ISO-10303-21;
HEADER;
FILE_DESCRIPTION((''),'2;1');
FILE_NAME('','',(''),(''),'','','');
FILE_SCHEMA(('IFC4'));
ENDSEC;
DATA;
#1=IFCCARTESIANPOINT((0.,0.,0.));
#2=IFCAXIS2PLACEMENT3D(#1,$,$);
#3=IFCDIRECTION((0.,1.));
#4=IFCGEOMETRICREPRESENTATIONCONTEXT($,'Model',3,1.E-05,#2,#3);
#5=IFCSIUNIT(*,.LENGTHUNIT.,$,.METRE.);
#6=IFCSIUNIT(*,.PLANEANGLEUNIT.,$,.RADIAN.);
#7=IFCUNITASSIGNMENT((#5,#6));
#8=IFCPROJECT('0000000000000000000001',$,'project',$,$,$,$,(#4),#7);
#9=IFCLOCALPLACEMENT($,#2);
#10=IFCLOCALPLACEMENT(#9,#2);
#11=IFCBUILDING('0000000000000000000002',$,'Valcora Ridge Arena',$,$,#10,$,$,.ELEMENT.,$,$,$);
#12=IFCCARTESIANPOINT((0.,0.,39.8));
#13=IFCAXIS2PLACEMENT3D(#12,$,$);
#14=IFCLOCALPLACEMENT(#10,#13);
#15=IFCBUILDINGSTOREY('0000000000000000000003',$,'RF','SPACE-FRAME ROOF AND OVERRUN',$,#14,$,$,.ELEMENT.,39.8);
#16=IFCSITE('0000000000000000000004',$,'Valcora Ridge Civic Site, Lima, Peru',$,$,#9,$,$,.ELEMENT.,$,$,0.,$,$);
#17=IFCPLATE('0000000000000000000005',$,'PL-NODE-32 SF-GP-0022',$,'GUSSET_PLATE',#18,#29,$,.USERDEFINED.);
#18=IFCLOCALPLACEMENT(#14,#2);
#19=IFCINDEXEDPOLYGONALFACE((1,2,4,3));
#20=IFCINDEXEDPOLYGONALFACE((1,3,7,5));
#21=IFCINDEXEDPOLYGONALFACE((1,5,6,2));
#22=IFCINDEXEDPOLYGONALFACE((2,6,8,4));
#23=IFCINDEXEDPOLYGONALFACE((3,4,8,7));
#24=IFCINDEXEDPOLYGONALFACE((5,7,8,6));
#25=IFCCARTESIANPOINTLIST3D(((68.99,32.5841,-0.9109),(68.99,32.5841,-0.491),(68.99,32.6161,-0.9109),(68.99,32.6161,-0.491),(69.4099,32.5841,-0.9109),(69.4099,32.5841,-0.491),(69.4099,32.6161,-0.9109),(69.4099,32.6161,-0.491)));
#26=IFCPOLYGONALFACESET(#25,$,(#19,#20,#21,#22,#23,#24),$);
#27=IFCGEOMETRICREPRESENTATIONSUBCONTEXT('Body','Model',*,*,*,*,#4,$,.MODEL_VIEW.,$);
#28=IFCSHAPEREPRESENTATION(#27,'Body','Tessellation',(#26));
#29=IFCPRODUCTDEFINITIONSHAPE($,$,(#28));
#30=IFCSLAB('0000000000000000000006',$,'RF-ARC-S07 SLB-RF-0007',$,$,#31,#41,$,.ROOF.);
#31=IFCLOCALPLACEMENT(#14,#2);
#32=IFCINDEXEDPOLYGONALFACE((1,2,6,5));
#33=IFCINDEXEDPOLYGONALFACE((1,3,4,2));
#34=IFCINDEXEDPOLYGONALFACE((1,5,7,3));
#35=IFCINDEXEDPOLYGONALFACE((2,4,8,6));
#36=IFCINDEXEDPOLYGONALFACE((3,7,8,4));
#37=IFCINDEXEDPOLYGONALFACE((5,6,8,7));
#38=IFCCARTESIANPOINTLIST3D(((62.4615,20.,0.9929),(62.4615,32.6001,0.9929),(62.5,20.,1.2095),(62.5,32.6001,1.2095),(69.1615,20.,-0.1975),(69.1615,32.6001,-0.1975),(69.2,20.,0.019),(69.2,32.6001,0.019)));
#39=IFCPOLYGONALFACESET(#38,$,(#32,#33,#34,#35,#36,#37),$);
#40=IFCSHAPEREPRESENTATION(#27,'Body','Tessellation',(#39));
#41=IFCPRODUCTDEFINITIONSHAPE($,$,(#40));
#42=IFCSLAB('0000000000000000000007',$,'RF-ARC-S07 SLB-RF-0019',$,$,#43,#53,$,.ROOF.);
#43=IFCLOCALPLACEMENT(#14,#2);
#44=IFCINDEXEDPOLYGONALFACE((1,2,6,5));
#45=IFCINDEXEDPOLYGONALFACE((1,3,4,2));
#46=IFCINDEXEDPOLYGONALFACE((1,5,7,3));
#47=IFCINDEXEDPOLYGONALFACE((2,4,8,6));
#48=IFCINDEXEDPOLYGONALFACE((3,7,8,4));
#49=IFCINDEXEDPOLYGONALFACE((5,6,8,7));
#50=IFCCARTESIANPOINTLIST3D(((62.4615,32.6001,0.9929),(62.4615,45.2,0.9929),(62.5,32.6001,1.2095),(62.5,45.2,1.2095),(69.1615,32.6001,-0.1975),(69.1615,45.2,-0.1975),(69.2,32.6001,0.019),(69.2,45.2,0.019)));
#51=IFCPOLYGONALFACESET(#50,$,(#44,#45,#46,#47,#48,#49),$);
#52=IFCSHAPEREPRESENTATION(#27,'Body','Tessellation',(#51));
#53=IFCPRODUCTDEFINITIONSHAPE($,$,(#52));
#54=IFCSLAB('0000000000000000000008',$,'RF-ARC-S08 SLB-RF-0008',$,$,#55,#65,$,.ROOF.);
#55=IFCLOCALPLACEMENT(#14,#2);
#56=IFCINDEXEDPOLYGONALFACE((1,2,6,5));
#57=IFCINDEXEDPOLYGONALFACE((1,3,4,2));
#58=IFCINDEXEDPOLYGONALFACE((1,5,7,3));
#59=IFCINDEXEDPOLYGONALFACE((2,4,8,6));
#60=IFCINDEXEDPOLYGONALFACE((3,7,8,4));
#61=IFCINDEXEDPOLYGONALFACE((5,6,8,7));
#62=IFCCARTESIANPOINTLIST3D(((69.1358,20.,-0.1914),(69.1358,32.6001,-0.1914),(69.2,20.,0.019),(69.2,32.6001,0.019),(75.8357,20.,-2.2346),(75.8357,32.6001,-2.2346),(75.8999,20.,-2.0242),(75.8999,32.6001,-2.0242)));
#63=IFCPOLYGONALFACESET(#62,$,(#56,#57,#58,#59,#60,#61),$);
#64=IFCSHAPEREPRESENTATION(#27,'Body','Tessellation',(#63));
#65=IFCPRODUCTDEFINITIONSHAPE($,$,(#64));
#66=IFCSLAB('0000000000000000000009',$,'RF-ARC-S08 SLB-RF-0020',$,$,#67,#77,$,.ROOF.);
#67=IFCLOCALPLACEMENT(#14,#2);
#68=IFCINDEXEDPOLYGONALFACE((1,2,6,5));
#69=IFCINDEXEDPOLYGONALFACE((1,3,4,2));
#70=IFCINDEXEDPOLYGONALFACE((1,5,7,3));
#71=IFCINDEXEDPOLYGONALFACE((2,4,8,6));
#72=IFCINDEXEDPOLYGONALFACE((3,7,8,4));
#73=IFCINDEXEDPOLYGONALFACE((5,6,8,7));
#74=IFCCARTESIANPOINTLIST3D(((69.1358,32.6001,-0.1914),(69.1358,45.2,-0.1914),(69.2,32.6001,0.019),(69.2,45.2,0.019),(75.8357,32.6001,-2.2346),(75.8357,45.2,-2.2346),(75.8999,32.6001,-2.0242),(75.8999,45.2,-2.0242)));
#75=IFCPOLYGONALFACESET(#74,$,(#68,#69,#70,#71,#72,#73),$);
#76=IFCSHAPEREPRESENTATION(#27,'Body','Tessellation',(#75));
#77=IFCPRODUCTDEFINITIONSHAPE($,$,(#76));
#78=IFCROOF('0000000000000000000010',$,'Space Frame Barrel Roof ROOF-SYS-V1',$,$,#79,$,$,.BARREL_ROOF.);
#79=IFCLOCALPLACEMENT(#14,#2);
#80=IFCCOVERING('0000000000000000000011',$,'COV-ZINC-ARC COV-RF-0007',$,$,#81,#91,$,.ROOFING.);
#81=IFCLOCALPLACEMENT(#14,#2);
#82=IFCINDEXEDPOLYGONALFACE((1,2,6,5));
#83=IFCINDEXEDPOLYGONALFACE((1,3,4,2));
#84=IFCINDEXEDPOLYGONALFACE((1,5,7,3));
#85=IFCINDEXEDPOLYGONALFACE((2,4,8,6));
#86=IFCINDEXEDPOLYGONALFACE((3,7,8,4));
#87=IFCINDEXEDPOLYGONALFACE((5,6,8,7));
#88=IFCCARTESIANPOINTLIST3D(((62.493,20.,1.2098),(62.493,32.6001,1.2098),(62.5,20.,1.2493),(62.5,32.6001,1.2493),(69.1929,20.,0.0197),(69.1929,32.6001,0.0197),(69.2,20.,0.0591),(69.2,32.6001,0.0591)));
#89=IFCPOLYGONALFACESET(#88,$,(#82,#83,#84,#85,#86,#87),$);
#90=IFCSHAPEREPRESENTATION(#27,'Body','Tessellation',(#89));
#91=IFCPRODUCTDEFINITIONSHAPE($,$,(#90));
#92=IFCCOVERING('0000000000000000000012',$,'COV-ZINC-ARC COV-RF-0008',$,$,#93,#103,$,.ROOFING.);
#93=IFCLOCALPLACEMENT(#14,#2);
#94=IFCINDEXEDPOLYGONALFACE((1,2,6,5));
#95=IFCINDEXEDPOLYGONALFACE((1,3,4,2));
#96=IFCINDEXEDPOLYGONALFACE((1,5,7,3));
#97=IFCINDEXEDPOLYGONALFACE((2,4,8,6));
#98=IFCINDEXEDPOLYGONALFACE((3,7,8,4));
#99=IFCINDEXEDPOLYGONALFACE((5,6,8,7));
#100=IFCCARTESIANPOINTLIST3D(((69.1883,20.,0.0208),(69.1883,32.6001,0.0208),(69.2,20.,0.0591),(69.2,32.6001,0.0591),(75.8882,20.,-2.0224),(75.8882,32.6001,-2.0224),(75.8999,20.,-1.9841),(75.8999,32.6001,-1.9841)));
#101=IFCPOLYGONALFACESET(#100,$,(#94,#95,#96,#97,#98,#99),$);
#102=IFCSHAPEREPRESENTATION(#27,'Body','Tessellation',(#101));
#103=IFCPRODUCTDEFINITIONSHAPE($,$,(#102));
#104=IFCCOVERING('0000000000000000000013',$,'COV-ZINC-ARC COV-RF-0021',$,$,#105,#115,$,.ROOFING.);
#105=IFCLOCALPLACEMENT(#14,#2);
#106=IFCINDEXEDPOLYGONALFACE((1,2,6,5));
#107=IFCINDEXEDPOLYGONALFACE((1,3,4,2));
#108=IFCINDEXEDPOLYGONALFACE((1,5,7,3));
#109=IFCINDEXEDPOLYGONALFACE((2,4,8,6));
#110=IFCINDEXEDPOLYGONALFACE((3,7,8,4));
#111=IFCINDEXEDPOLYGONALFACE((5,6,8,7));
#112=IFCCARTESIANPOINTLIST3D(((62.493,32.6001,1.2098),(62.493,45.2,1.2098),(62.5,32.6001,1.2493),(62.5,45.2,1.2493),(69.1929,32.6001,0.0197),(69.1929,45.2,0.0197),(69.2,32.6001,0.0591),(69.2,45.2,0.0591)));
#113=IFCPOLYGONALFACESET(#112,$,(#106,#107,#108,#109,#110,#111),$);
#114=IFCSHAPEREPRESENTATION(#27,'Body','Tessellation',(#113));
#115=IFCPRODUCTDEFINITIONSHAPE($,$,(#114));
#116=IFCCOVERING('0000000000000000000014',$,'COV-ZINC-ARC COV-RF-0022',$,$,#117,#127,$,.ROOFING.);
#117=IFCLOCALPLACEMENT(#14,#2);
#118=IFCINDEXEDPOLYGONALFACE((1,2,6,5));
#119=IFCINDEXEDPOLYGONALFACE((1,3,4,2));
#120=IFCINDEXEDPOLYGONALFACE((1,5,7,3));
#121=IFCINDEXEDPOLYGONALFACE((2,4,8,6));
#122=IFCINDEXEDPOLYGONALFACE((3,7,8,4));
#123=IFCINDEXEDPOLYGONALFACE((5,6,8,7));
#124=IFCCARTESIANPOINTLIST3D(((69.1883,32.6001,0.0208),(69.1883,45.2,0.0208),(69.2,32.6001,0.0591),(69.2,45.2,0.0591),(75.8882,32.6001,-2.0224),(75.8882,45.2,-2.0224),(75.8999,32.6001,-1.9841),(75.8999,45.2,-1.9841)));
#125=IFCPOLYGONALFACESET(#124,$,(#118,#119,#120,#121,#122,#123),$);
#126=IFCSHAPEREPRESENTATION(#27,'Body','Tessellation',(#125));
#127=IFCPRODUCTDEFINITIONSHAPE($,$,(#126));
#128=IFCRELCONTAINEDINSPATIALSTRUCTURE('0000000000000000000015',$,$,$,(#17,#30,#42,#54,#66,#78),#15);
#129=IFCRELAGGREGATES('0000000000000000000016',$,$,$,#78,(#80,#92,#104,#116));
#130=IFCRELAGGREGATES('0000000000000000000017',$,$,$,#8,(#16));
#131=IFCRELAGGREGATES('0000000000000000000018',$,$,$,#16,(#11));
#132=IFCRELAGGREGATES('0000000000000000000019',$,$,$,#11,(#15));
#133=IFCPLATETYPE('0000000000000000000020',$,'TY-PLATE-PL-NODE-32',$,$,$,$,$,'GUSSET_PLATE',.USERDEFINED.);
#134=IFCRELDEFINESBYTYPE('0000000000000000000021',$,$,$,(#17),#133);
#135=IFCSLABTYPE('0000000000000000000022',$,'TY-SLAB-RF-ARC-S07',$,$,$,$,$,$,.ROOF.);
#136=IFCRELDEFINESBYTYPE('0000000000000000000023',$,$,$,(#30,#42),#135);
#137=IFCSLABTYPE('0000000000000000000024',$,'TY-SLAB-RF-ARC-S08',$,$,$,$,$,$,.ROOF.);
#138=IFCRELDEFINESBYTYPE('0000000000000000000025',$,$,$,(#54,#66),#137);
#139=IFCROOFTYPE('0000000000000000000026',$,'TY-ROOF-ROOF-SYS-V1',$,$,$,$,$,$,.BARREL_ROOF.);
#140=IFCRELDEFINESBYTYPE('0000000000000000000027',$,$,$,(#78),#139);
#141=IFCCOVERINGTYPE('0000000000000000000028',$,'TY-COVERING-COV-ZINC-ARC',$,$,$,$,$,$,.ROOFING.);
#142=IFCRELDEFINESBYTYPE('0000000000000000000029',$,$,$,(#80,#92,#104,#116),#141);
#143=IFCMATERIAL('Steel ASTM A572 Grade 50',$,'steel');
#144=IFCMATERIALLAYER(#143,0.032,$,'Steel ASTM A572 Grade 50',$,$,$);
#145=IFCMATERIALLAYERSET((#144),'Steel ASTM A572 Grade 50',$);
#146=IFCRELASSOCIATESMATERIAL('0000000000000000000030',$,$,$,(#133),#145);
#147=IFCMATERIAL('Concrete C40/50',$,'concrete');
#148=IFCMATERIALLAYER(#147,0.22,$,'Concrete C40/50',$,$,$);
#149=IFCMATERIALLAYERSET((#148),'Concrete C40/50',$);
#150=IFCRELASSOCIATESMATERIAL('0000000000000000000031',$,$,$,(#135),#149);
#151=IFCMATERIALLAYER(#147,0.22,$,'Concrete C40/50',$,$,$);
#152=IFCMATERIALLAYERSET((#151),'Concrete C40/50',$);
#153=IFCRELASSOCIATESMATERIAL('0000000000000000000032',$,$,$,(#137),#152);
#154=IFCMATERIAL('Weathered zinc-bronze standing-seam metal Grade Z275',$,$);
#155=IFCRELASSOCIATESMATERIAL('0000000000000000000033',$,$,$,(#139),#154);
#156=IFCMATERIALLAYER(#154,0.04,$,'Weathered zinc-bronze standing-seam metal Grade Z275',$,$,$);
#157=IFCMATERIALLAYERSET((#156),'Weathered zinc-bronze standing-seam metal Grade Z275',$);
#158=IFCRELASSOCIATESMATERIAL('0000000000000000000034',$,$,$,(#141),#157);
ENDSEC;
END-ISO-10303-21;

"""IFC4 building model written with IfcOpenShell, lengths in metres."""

from ifc_helpers import new_model, si_unit, direction, frame, origin, origin_2d, place, context, subcontext, project, spatial, polyline, rectangle, outline, extrude, material, layer, layer_set, type_object, element, aggregate, save


model = new_model("IFC4")

# Units and contexts
model_context = context("Model", 3, precision=1e-05, world=origin(), true_north=direction((0.0, 1.0)))
body_context = subcontext(model_context, "Body", "Model", "MODEL_VIEW")
ifc_project = project(units=[si_unit("LENGTHUNIT", "METRE"), si_unit("PLANEANGLEUNIT", "RADIAN")], contexts=[model_context])

# Site, building, storey
site_placement = place(None, origin())
site = spatial("IfcSite", under=ifc_project, at=site_placement, Name="Valcora Ridge Civic Site, Lima, Peru", CompositionType="ELEMENT", RefElevation=0.0)
building_placement = place(site_placement, origin())
building = spatial("IfcBuilding", under=site, at=building_placement, Name="Valcora Ridge Arena", CompositionType="ELEMENT")
storey_placement = place(building_placement, frame((0.0, 0.0, 39.8)))
storey = spatial("IfcBuildingStorey", under=building, at=storey_placement, Name="RF", Description="SPACE-FRAME ROOF AND OVERRUN", CompositionType="ELEMENT", Elevation=39.8)

# Shared definitions
ifc_material_1 = material(Name="Steel ASTM A572 Grade 50", Category="steel")

# Plate
ifc_layer_1 = layer(ifc_material_1, 0.032, Name="Steel ASTM A572 Grade 50")
ifc_layer_set_1 = layer_set([ifc_layer_1], Name="Steel ASTM A572 Grade 50")
plate_type = type_object("IfcPlateType", Name="TY-PLATE-PL-NODE-32", ElementType="GUSSET_PLATE", PredefinedType="USERDEFINED", material=ifc_layer_set_1)
for number, where, z_axis, x_axis, name in (
    (1, (69.2, 32.6001, -0.9109), (0.0, 0.0, 1.0), (1.0, 0.0, 0.0), "PL-NODE-32 SF-GP-0022"),
):
    element("IfcPlate", number, at=place(storey_placement, frame(where, z_axis=z_axis, x_axis=x_axis)), inside=storey, type_object=plate_type, Name=name, ObjectType="GUSSET_PLATE", PredefinedType="USERDEFINED", context=body_context, shape_type="SweptSolid", body=[
        extrude(rectangle(XDim=0.4199, YDim=0.032, at=origin_2d()), origin(), (0.0, 0.0, 1.0), 0.4199),
    ])

# Slabs
ifc_material_2 = material(Name="Concrete C40/50", Category="concrete")
ifc_layer_2 = layer(ifc_material_2, 0.22, Name="Concrete C40/50")
ifc_layer_set_2 = layer_set([ifc_layer_2], Name="Concrete C40/50")
slab_type_1 = type_object("IfcSlabType", Name="TY-SLAB-RF-ARC-S07", PredefinedType="ROOF", material=ifc_layer_set_2)
slab_1_placement = place(storey_placement, frame((62.5, 20.0, 1.2095), z_axis=(0.174938, 0.0, 0.98458), x_axis=(0.98458, 0.0, -0.174938)))
element("IfcSlab", 2, at=slab_1_placement, inside=storey, type_object=slab_type_1, Name="RF-ARC-S07 SLB-RF-0007", PredefinedType="ROOF", context=body_context, shape_type="SweptSolid", body=[
    extrude(outline(polyline([(0.0, 0.0), (6.8049, 0.0), (6.8049, 12.6001), (0.0, 12.6001), (0.0, 0.0)])), origin(), (0.0, 0.0, -1.0), 0.22),
])
slab_2_placement = place(storey_placement, frame((62.5, 32.6001, 1.2095), z_axis=(0.174938, 0.0, 0.98458), x_axis=(0.98458, 0.0, -0.174938)))
element("IfcSlab", 3, at=slab_2_placement, inside=storey, type_object=slab_type_1, Name="RF-ARC-S07 SLB-RF-0019", PredefinedType="ROOF", context=body_context, shape_type="SweptSolid", body=[
    extrude(outline(polyline([(0.0, 0.0), (6.8049, 0.0), (6.8049, 12.5999), (0.0, 12.5999), (0.0, 0.0)])), origin(), (0.0, 0.0, -1.0), 0.22),
])
ifc_layer_3 = layer(ifc_material_2, 0.22, Name="Concrete C40/50")
ifc_layer_set_3 = layer_set([ifc_layer_3], Name="Concrete C40/50")
slab_type_2 = type_object("IfcSlabType", Name="TY-SLAB-RF-ARC-S08", PredefinedType="ROOF", material=ifc_layer_set_3)
slab_3_placement = place(storey_placement, frame((69.2, 20.0, 0.019), z_axis=(0.291697, 0.0, 0.956511), x_axis=(0.956511, 0.0, -0.291697)))
element("IfcSlab", 4, at=slab_3_placement, inside=storey, type_object=slab_type_2, Name="RF-ARC-S08 SLB-RF-0008", PredefinedType="ROOF", context=body_context, shape_type="SweptSolid", body=[
    extrude(outline(polyline([(0.0, 0.0), (7.0046, 0.0), (7.0046, 12.6001), (0.0, 12.6001), (0.0, 0.0)])), origin(), (0.0, 0.0, -1.0), 0.22),
])
slab_4_placement = place(storey_placement, frame((69.2, 32.6001, 0.019), z_axis=(0.291697, 0.0, 0.956511), x_axis=(0.956511, 0.0, -0.291697)))
element("IfcSlab", 5, at=slab_4_placement, inside=storey, type_object=slab_type_2, Name="RF-ARC-S08 SLB-RF-0020", PredefinedType="ROOF", context=body_context, shape_type="SweptSolid", body=[
    extrude(outline(polyline([(0.0, 0.0), (7.0046, 0.0), (7.0046, 12.5999), (0.0, 12.5999), (0.0, 0.0)])), origin(), (0.0, 0.0, -1.0), 0.22),
])

# Roof, coverings
ifc_material_3 = material(Name="Weathered zinc-bronze standing-seam metal Grade Z275")
roof_type = type_object("IfcRoofType", Name="TY-ROOF-ROOF-SYS-V1", PredefinedType="BARREL_ROOF", material=ifc_material_3)
roof_placement = place(storey_placement, origin())
roof = element("IfcRoof", 6, at=roof_placement, inside=storey, type_object=roof_type, Name="Space Frame Barrel Roof ROOF-SYS-V1", PredefinedType="BARREL_ROOF")
ifc_layer_4 = layer(ifc_material_3, 0.04, Name="Weathered zinc-bronze standing-seam metal Grade Z275")
ifc_layer_set_4 = layer_set([ifc_layer_4], Name="Weathered zinc-bronze standing-seam metal Grade Z275")
covering_type = type_object("IfcCoveringType", Name="TY-COVERING-COV-ZINC-ARC", PredefinedType="ROOFING", material=ifc_layer_set_4)
covering_1_placement = place(storey_placement, frame((62.5, 20.0, 1.2493), z_axis=(0.174903, 0.0, 0.984586), x_axis=(0.984586, 0.0, -0.174903)))
covering_1 = element("IfcCovering", 7, at=covering_1_placement, type_object=covering_type, Name="COV-ZINC-ARC COV-RF-0007", PredefinedType="ROOFING", context=body_context, shape_type="SweptSolid", body=[
    extrude(outline(polyline([(0.0, 0.0), (6.8048, 0.0), (6.8048, 12.6001), (0.0, 12.6001), (0.0, 0.0)])), origin(), (0.0, 0.0, -1.0), 0.04),
])
covering_2_placement = place(storey_placement, frame((69.2, 20.0, 0.0591), z_axis=(0.291697, 0.0, 0.956511), x_axis=(0.956511, 0.0, -0.291697)))
covering_2 = element("IfcCovering", 8, at=covering_2_placement, type_object=covering_type, Name="COV-ZINC-ARC COV-RF-0008", PredefinedType="ROOFING", context=body_context, shape_type="SweptSolid", body=[
    extrude(outline(polyline([(0.0, 0.0), (7.0046, 0.0), (7.0046, 12.6001), (0.0, 12.6001), (0.0, 0.0)])), origin(), (0.0, 0.0, -1.0), 0.04),
])
covering_3_placement = place(storey_placement, frame((62.5, 32.6001, 1.2493), z_axis=(0.174903, 0.0, 0.984586), x_axis=(0.984586, 0.0, -0.174903)))
covering_3 = element("IfcCovering", 9, at=covering_3_placement, type_object=covering_type, Name="COV-ZINC-ARC COV-RF-0021", PredefinedType="ROOFING", context=body_context, shape_type="SweptSolid", body=[
    extrude(outline(polyline([(0.0, 0.0), (6.8048, 0.0), (6.8048, 12.5999), (0.0, 12.5999), (0.0, 0.0)])), origin(), (0.0, 0.0, -1.0), 0.04),
])
covering_4_placement = place(storey_placement, frame((69.2, 32.6001, 0.0591), z_axis=(0.291697, 0.0, 0.956511), x_axis=(0.956511, 0.0, -0.291697)))
covering_4 = element("IfcCovering", 10, at=covering_4_placement, type_object=covering_type, Name="COV-ZINC-ARC COV-RF-0022", PredefinedType="ROOFING", context=body_context, shape_type="SweptSolid", body=[
    extrude(outline(polyline([(0.0, 0.0), (7.0046, 0.0), (7.0046, 12.5999), (0.0, 12.5999), (0.0, 0.0)])), origin(), (0.0, 0.0, -1.0), 0.04),
])
aggregate(roof, [covering_1, covering_2, covering_3, covering_4])

save(model, "model.ifc")
